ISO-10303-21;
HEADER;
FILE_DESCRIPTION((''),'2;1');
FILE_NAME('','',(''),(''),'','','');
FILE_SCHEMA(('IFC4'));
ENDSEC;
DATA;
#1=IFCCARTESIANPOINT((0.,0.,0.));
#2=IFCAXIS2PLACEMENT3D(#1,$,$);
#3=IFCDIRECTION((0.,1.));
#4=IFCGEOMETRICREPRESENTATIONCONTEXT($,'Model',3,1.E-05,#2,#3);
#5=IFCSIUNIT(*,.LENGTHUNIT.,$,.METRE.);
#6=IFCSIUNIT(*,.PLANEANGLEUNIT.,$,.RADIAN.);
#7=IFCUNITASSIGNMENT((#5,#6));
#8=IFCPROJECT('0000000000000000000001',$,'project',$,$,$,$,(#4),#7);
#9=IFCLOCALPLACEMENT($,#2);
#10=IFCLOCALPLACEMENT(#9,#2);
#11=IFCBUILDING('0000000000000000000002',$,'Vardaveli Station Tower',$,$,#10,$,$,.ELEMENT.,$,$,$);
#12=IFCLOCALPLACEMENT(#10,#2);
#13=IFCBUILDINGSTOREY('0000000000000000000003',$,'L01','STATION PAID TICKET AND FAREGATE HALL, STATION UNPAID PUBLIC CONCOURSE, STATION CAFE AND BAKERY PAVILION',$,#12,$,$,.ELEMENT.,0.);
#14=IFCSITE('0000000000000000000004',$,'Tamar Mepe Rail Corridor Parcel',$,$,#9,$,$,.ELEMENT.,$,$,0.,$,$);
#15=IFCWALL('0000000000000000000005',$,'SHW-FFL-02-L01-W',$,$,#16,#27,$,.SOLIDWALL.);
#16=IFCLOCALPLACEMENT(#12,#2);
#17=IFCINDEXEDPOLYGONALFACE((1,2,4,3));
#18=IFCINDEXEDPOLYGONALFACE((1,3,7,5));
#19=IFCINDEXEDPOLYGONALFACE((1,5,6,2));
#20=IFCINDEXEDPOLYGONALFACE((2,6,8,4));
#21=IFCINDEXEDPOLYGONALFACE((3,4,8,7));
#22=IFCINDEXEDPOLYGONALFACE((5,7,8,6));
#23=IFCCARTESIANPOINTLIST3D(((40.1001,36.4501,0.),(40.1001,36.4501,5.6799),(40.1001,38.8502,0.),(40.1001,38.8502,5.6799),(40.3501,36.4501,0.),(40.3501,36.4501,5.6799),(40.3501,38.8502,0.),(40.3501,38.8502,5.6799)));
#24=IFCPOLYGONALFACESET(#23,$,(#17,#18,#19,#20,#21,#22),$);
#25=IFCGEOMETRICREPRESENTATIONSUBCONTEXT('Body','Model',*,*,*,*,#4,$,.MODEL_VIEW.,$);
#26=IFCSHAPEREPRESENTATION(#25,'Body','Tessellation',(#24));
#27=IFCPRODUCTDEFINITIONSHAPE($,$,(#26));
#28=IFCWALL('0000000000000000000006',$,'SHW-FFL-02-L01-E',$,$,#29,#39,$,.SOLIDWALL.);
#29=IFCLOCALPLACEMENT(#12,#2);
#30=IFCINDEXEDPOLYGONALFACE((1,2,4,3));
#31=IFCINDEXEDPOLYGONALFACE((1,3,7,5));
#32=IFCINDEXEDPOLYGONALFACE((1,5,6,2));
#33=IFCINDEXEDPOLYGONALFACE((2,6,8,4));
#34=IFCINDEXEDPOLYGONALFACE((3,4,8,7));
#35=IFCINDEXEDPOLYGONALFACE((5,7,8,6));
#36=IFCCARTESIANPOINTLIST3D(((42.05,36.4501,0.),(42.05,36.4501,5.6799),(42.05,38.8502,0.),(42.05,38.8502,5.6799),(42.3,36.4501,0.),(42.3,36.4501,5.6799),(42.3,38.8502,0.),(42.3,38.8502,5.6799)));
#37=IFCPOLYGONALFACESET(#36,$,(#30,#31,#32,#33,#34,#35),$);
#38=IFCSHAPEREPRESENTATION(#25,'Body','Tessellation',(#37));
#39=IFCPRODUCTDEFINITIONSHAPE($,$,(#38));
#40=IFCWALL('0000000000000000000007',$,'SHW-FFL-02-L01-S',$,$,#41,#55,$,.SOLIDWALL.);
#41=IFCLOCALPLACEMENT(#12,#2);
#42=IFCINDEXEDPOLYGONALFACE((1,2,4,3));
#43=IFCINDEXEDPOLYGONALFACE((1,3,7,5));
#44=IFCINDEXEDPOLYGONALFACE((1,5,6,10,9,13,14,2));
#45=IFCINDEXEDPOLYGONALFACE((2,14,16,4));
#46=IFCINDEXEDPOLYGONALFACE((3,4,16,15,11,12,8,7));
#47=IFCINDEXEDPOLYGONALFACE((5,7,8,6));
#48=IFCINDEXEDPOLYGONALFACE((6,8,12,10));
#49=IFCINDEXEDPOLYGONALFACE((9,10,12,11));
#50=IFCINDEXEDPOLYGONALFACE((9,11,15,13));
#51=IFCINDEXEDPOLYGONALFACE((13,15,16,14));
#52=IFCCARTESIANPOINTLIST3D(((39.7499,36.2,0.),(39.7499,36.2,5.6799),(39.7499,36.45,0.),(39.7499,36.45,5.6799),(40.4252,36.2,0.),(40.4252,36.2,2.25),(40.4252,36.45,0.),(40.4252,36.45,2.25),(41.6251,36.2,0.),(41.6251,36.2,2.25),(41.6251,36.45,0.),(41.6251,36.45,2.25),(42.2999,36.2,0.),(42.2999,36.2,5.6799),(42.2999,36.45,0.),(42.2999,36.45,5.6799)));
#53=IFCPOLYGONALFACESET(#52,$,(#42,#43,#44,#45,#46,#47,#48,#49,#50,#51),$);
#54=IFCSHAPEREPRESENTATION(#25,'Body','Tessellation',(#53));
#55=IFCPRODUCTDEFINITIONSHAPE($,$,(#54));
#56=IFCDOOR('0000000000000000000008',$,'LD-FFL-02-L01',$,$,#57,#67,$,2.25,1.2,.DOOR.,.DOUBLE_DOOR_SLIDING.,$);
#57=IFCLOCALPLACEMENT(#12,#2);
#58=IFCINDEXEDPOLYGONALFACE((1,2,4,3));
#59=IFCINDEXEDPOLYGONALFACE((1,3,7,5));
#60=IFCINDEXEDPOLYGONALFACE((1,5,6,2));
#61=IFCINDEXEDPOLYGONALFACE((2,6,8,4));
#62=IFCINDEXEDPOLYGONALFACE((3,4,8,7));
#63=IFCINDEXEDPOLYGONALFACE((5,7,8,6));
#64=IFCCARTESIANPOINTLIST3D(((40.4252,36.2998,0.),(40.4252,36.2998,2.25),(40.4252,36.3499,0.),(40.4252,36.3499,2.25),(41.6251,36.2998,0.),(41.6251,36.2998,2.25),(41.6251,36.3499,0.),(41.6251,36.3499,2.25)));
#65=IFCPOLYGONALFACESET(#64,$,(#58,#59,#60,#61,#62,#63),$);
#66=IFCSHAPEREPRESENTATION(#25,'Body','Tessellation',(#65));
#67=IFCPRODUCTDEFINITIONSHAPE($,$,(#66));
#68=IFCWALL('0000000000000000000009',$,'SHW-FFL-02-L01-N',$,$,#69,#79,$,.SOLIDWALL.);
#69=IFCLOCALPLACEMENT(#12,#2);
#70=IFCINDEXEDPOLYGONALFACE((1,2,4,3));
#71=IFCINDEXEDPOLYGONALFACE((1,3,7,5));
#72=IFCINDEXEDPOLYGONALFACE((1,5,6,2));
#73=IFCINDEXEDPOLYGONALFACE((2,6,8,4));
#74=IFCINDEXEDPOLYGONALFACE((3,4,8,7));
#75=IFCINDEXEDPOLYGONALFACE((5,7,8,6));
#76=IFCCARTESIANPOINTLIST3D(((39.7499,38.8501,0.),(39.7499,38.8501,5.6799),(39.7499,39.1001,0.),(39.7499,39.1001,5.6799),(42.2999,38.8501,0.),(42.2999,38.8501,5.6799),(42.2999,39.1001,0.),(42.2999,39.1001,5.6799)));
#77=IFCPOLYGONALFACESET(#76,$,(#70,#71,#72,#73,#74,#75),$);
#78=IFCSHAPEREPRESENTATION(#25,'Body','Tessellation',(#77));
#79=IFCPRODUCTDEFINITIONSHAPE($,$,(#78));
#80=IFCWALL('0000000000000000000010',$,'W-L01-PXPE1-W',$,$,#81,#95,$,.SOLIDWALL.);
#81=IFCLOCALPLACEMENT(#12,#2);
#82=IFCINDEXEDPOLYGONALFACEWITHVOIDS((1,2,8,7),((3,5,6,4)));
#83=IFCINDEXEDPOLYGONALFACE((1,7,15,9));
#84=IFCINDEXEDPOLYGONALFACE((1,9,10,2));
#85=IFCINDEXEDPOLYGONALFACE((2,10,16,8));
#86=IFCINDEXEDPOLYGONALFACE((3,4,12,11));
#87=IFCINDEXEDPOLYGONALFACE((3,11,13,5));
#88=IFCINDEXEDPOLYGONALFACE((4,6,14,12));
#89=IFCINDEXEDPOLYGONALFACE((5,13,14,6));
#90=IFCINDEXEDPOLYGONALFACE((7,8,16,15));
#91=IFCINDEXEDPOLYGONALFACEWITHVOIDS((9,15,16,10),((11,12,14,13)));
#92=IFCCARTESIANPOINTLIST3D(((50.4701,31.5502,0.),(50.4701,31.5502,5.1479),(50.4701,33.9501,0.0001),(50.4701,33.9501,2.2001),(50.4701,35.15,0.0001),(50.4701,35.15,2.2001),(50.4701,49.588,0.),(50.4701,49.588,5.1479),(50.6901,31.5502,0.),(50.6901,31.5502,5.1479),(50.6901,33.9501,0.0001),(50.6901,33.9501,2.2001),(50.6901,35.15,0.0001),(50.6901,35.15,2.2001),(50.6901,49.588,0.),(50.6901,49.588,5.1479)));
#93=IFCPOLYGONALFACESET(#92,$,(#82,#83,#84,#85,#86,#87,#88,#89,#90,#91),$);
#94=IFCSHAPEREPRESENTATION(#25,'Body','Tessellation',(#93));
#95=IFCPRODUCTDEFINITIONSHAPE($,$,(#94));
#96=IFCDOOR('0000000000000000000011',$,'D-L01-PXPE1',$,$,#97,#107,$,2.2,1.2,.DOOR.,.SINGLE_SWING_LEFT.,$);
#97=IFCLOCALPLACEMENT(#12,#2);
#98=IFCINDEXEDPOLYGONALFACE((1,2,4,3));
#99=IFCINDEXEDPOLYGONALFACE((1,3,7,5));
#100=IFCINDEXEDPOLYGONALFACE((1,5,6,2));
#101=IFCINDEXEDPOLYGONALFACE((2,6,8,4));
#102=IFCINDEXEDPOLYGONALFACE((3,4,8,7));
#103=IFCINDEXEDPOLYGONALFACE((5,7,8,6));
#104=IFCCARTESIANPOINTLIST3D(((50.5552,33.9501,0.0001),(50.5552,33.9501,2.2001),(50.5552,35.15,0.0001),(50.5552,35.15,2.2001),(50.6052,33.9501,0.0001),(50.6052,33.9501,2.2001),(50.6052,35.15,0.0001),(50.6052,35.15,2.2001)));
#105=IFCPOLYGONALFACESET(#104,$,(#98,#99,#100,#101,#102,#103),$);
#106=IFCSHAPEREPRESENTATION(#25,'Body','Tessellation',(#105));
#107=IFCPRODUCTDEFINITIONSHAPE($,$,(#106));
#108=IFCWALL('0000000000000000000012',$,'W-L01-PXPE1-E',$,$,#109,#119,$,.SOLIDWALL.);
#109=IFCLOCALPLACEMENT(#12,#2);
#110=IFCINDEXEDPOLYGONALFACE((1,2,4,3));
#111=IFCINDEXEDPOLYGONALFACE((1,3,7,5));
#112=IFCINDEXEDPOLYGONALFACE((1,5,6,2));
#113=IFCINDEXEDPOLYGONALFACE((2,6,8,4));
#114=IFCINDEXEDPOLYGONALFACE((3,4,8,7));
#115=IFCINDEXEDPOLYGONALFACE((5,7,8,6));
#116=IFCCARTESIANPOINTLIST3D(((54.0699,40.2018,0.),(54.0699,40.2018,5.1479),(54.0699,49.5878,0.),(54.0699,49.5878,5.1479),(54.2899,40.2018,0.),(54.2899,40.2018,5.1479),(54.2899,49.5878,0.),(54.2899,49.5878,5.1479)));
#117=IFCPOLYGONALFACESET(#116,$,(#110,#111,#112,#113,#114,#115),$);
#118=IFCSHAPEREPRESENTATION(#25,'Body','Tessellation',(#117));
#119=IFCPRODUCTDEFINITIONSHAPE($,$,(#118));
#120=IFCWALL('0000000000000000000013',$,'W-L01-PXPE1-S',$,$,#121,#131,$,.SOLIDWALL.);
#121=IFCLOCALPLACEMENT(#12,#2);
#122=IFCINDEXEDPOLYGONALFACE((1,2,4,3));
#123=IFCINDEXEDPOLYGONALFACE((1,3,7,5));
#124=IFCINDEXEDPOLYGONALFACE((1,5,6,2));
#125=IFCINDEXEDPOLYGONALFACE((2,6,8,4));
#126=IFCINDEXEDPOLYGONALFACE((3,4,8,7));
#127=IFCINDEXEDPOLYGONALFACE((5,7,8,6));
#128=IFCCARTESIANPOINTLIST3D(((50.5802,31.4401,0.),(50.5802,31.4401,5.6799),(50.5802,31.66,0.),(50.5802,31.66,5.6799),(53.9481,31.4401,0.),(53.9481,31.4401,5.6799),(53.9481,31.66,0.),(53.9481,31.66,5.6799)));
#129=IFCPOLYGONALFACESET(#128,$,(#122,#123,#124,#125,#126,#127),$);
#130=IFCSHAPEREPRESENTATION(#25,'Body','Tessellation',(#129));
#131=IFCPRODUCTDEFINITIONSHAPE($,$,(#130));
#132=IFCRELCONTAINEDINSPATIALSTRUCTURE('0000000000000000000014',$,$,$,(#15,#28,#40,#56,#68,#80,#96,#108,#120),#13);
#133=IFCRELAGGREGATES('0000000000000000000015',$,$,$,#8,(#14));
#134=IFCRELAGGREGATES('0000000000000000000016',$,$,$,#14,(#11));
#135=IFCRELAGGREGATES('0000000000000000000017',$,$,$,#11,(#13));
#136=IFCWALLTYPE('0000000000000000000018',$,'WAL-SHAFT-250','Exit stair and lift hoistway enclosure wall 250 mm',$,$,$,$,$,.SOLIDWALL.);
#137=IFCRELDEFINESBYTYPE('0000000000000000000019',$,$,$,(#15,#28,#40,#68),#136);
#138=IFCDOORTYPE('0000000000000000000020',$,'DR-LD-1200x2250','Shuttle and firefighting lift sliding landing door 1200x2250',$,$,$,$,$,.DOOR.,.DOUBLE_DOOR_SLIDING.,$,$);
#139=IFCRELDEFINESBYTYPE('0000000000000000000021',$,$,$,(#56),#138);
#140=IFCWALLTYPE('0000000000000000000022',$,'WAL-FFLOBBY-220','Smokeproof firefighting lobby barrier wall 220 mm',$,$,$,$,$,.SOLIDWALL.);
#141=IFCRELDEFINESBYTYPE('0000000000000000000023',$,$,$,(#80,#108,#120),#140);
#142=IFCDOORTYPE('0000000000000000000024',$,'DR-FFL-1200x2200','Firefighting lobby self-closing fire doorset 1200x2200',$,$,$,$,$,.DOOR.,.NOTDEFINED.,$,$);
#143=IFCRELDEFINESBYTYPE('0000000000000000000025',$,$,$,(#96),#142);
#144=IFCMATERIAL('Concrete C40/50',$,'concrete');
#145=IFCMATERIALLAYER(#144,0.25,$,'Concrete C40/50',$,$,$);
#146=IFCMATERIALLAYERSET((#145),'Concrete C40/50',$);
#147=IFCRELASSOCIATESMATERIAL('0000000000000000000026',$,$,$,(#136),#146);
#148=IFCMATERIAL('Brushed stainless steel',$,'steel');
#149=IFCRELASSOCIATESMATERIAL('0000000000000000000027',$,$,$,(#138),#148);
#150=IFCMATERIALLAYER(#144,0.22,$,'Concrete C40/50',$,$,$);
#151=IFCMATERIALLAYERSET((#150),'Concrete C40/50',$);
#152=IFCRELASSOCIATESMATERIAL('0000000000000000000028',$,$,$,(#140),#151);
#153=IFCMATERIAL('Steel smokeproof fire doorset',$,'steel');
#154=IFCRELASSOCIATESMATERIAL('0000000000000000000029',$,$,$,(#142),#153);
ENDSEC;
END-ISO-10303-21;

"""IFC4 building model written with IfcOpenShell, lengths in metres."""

from ifc_helpers import new_model, si_unit, direction, frame, frame_2d, origin, place, context, subcontext, project, spatial, rectangle, extrude, source, transform, mapped, material, layer, layer_set, type_object, element, fill, save


model = new_model("IFC4")

# Units and contexts
model_context = context("Model", 3, precision=1e-05, world=origin(), true_north=direction((0.0, 1.0)))
body_context = subcontext(model_context, "Body", "Model", "MODEL_VIEW")
ifc_project = project(units=[si_unit("LENGTHUNIT", "METRE"), si_unit("PLANEANGLEUNIT", "RADIAN")], contexts=[model_context])

# Site, building, storey
site_placement = place(None, origin())
site = spatial("IfcSite", under=ifc_project, at=site_placement, Name="Tamar Mepe Rail Corridor Parcel", CompositionType="ELEMENT", RefElevation=0.0)
building_placement = place(site_placement, origin())
building = spatial("IfcBuilding", under=site, at=building_placement, Name="Vardaveli Station Tower", CompositionType="ELEMENT")
storey_placement = place(building_placement, origin())
storey = spatial("IfcBuildingStorey", under=building, at=storey_placement, Name="L01", Description="STATION PAID TICKET AND FAREGATE HALL, STATION UNPAID PUBLIC CONCOURSE, STATION CAFE AND BAKERY PAVILION", CompositionType="ELEMENT", Elevation=0.0)

# Shared definitions
ifc_material_1 = material(Name="Concrete C40/50", Category="concrete")
ifc_layer_1 = layer(ifc_material_1, 0.25, Name="Concrete C40/50")
ifc_layer_set_1 = layer_set([ifc_layer_1], Name="Concrete C40/50")
wall_type_1 = type_object("IfcWallType", Name="WAL-SHAFT-250", Description="Exit stair and lift hoistway enclosure wall 250 mm", PredefinedType="SOLIDWALL", material=ifc_layer_set_1)

# Shared definitions
ifc_material_2 = material(Name="Steel smokeproof fire doorset", Category="steel")

# Walls
shared_shape_1 = source(origin(), body_context, "Body", "SweptSolid", [
    extrude(rectangle(XDim=2.4001, YDim=0.25, at=frame_2d((1.2002, 0.0))), origin(), (0.0, 0.0, 1.0), 5.6799),
])
for number, where, z_axis, x_axis, name in (
    (1, (40.2251, 36.45, 0.0), (0.0, 0.0, 1.0), (0.0, 1.0, 0.0), "SHW-FFL-02-L01-W"),
    (2, (42.175, 36.45, 0.0), (0.0, 0.0, 1.0), (0.0, 1.0, 0.0), "SHW-FFL-02-L01-E"),
):
    element("IfcWall", number, at=place(storey_placement, frame(where, z_axis=z_axis, x_axis=x_axis)), inside=storey, type_object=wall_type_1, Name=name, PredefinedType="SOLIDWALL", context=body_context, shape_type="MappedRepresentation", body=[
        mapped(shared_shape_1, transform((0.0, 0.0, 0.0), scale=1.0)),
    ])

# Wall, opening, door
shared_shape_2 = source(origin(), body_context, "Body", "SweptSolid", [
    extrude(rectangle(XDim=2.55, YDim=0.25, at=frame_2d((1.2749, 0.0))), origin(), (0.0, 0.0, 1.0), 5.6799),
])
wall_1_placement = place(storey_placement, frame((39.75, 36.325, 0.0), z_axis=(0.0, 0.0, 1.0), x_axis=(1.0, 0.0, 0.0)))
wall_1 = element("IfcWall", 3, at=wall_1_placement, inside=storey, type_object=wall_type_1, Name="SHW-FFL-02-L01-S", PredefinedType="SOLIDWALL", context=body_context, shape_type="MappedRepresentation", body=[
    mapped(shared_shape_2, transform((0.0, 0.0, 0.0), scale=1.0)),
])
shared_shape_3 = source(origin(), body_context, "Body", "SweptSolid", [
    extrude(rectangle(XDim=1.2, YDim=2.25, at=frame_2d((0.6001, 1.125))), frame((0.0, 0.135, 0.0), z_axis=(0.0, -1.0, 0.0), x_axis=(1.0, 0.0, 0.0)), (0.0, 0.0, 1.0), 0.27),
])
opening_1_placement = place(wall_1_placement, frame((0.675, 0.0, 0.0)))
opening_1 = element("IfcOpeningElement", 4, at=opening_1_placement, cuts=wall_1, PredefinedType="OPENING", context=body_context, shape_type="MappedRepresentation", body=[
    mapped(shared_shape_3, transform((0.0, 0.0, 0.0), scale=1.0)),
])
ifc_material_3 = material(Name="Brushed stainless steel", Category="steel")
door_type_1 = type_object("IfcDoorType", Name="DR-LD-1200x2250", Description="Shuttle and firefighting lift sliding landing door 1200x2250", OperationType="DOUBLE_DOOR_SLIDING", PredefinedType="DOOR", material=ifc_material_3)
shared_shape_4 = source(origin(), body_context, "Body", "SweptSolid", [
    extrude(rectangle(XDim=1.2, YDim=2.25, at=frame_2d((0.6001, 1.125))), frame((0.0, 0.0249, 0.0), z_axis=(0.0, -1.0, 0.0), x_axis=(1.0, 0.0, 0.0)), (0.0, 0.0, 1.0), 0.05),
])
door_1_placement = place(opening_1_placement, origin())
door_1 = element("IfcDoor", 5, at=door_1_placement, inside=storey, type_object=door_type_1, Name="LD-FFL-02-L01", OperationType="DOUBLE_DOOR_SLIDING", OverallHeight=2.25, OverallWidth=1.2, PredefinedType="DOOR", context=body_context, shape_type="MappedRepresentation", body=[
    mapped(shared_shape_4, transform((0.0, 0.0, 0.0), scale=1.0)),
])
fill(opening_1, door_1)

# Wall
wall_2_placement = place(storey_placement, frame((39.75, 38.9751, 0.0), z_axis=(0.0, 0.0, 1.0), x_axis=(1.0, 0.0, 0.0)))
element("IfcWall", 6, at=wall_2_placement, inside=storey, type_object=wall_type_1, Name="SHW-FFL-02-L01-N", PredefinedType="SOLIDWALL", context=body_context, shape_type="MappedRepresentation", body=[
    mapped(shared_shape_2, transform((0.0, 0.0, 0.0), scale=1.0)),
])

# Wall, opening, door
ifc_layer_2 = layer(ifc_material_1, 0.22, Name="Concrete C40/50")
ifc_layer_set_2 = layer_set([ifc_layer_2], Name="Concrete C40/50")
wall_type_2 = type_object("IfcWallType", Name="WAL-FFLOBBY-220", Description="Smokeproof firefighting lobby barrier wall 220 mm", PredefinedType="SOLIDWALL", material=ifc_layer_set_2)
shared_shape_5 = source(origin(), body_context, "Body", "SweptSolid", [
    extrude(rectangle(XDim=18.0378, YDim=0.22, at=frame_2d((9.019, 0.0))), origin(), (0.0, 0.0, 1.0), 5.1479),
])
wall_3_placement = place(storey_placement, frame((50.5801, 31.55, 0.0), z_axis=(0.0, 0.0, 1.0), x_axis=(0.0, 1.0, 0.0)))
wall_3 = element("IfcWall", 7, at=wall_3_placement, inside=storey, type_object=wall_type_2, Name="W-L01-PXPE1-W", PredefinedType="SOLIDWALL", context=body_context, shape_type="MappedRepresentation", body=[
    mapped(shared_shape_5, transform((0.0, 0.0, 0.0), scale=1.0)),
])
shared_shape_6 = source(origin(), body_context, "Body", "SweptSolid", [
    extrude(rectangle(XDim=1.2, YDim=2.2, at=frame_2d((0.6001, 1.1001))), frame((0.0, 0.1201, 0.0), z_axis=(0.0, -1.0, 0.0), x_axis=(1.0, 0.0, 0.0)), (0.0, 0.0, 1.0), 0.24),
])
opening_2_placement = place(wall_3_placement, frame((2.3999, 0.0, 0.0)))
opening_2 = element("IfcOpeningElement", 8, at=opening_2_placement, cuts=wall_3, PredefinedType="OPENING", context=body_context, shape_type="MappedRepresentation", body=[
    mapped(shared_shape_6, transform((0.0, 0.0, 0.0), scale=1.0)),
])
door_type_2 = type_object("IfcDoorType", Name="DR-FFL-1200x2200", Description="Firefighting lobby self-closing fire doorset 1200x2200", OperationType="NOTDEFINED", PredefinedType="DOOR", material=ifc_material_2)
shared_shape_7 = source(origin(), body_context, "Body", "SweptSolid", [
    extrude(rectangle(XDim=1.2, YDim=2.2, at=frame_2d((0.6001, 1.1001))), frame((0.0, 0.0249, 0.0), z_axis=(0.0, -1.0, 0.0), x_axis=(1.0, 0.0, 0.0)), (0.0, 0.0, 1.0), 0.05),
])
door_2_placement = place(opening_2_placement, origin())
door_2 = element("IfcDoor", 9, at=door_2_placement, inside=storey, type_object=door_type_2, Name="D-L01-PXPE1", OperationType="SINGLE_SWING_LEFT", OverallHeight=2.2, OverallWidth=1.2, PredefinedType="DOOR", context=body_context, shape_type="MappedRepresentation", body=[
    mapped(shared_shape_7, transform((0.0, 0.0, 0.0), scale=1.0)),
])
fill(opening_2, door_2)

# Walls
shared_shape_8 = source(origin(), body_context, "Body", "SweptSolid", [
    extrude(rectangle(XDim=9.386, YDim=0.22, at=frame_2d((4.6929, 0.0))), origin(), (0.0, 0.0, 1.0), 5.1479),
])
wall_4_placement = place(storey_placement, frame((54.1799, 40.2019, 0.0), z_axis=(0.0, 0.0, 1.0), x_axis=(0.0, 1.0, 0.0)))
element("IfcWall", 10, at=wall_4_placement, inside=storey, type_object=wall_type_2, Name="W-L01-PXPE1-E", PredefinedType="SOLIDWALL", context=body_context, shape_type="MappedRepresentation", body=[
    mapped(shared_shape_8, transform((0.0, 0.0, 0.0), scale=1.0)),
])
shared_shape_9 = source(origin(), body_context, "Body", "SweptSolid", [
    extrude(rectangle(XDim=3.3679, YDim=0.22, at=frame_2d((1.6841, 0.0))), origin(), (0.0, 0.0, 1.0), 5.6799),
])
wall_5_placement = place(storey_placement, frame((50.5801, 31.55, 0.0), z_axis=(0.0, 0.0, 1.0), x_axis=(1.0, 0.0, 0.0)))
element("IfcWall", 11, at=wall_5_placement, inside=storey, type_object=wall_type_2, Name="W-L01-PXPE1-S", PredefinedType="SOLIDWALL", context=body_context, shape_type="MappedRepresentation", body=[
    mapped(shared_shape_9, transform((0.0, 0.0, 0.0), scale=1.0)),
])

save(model, "model.ifc")
